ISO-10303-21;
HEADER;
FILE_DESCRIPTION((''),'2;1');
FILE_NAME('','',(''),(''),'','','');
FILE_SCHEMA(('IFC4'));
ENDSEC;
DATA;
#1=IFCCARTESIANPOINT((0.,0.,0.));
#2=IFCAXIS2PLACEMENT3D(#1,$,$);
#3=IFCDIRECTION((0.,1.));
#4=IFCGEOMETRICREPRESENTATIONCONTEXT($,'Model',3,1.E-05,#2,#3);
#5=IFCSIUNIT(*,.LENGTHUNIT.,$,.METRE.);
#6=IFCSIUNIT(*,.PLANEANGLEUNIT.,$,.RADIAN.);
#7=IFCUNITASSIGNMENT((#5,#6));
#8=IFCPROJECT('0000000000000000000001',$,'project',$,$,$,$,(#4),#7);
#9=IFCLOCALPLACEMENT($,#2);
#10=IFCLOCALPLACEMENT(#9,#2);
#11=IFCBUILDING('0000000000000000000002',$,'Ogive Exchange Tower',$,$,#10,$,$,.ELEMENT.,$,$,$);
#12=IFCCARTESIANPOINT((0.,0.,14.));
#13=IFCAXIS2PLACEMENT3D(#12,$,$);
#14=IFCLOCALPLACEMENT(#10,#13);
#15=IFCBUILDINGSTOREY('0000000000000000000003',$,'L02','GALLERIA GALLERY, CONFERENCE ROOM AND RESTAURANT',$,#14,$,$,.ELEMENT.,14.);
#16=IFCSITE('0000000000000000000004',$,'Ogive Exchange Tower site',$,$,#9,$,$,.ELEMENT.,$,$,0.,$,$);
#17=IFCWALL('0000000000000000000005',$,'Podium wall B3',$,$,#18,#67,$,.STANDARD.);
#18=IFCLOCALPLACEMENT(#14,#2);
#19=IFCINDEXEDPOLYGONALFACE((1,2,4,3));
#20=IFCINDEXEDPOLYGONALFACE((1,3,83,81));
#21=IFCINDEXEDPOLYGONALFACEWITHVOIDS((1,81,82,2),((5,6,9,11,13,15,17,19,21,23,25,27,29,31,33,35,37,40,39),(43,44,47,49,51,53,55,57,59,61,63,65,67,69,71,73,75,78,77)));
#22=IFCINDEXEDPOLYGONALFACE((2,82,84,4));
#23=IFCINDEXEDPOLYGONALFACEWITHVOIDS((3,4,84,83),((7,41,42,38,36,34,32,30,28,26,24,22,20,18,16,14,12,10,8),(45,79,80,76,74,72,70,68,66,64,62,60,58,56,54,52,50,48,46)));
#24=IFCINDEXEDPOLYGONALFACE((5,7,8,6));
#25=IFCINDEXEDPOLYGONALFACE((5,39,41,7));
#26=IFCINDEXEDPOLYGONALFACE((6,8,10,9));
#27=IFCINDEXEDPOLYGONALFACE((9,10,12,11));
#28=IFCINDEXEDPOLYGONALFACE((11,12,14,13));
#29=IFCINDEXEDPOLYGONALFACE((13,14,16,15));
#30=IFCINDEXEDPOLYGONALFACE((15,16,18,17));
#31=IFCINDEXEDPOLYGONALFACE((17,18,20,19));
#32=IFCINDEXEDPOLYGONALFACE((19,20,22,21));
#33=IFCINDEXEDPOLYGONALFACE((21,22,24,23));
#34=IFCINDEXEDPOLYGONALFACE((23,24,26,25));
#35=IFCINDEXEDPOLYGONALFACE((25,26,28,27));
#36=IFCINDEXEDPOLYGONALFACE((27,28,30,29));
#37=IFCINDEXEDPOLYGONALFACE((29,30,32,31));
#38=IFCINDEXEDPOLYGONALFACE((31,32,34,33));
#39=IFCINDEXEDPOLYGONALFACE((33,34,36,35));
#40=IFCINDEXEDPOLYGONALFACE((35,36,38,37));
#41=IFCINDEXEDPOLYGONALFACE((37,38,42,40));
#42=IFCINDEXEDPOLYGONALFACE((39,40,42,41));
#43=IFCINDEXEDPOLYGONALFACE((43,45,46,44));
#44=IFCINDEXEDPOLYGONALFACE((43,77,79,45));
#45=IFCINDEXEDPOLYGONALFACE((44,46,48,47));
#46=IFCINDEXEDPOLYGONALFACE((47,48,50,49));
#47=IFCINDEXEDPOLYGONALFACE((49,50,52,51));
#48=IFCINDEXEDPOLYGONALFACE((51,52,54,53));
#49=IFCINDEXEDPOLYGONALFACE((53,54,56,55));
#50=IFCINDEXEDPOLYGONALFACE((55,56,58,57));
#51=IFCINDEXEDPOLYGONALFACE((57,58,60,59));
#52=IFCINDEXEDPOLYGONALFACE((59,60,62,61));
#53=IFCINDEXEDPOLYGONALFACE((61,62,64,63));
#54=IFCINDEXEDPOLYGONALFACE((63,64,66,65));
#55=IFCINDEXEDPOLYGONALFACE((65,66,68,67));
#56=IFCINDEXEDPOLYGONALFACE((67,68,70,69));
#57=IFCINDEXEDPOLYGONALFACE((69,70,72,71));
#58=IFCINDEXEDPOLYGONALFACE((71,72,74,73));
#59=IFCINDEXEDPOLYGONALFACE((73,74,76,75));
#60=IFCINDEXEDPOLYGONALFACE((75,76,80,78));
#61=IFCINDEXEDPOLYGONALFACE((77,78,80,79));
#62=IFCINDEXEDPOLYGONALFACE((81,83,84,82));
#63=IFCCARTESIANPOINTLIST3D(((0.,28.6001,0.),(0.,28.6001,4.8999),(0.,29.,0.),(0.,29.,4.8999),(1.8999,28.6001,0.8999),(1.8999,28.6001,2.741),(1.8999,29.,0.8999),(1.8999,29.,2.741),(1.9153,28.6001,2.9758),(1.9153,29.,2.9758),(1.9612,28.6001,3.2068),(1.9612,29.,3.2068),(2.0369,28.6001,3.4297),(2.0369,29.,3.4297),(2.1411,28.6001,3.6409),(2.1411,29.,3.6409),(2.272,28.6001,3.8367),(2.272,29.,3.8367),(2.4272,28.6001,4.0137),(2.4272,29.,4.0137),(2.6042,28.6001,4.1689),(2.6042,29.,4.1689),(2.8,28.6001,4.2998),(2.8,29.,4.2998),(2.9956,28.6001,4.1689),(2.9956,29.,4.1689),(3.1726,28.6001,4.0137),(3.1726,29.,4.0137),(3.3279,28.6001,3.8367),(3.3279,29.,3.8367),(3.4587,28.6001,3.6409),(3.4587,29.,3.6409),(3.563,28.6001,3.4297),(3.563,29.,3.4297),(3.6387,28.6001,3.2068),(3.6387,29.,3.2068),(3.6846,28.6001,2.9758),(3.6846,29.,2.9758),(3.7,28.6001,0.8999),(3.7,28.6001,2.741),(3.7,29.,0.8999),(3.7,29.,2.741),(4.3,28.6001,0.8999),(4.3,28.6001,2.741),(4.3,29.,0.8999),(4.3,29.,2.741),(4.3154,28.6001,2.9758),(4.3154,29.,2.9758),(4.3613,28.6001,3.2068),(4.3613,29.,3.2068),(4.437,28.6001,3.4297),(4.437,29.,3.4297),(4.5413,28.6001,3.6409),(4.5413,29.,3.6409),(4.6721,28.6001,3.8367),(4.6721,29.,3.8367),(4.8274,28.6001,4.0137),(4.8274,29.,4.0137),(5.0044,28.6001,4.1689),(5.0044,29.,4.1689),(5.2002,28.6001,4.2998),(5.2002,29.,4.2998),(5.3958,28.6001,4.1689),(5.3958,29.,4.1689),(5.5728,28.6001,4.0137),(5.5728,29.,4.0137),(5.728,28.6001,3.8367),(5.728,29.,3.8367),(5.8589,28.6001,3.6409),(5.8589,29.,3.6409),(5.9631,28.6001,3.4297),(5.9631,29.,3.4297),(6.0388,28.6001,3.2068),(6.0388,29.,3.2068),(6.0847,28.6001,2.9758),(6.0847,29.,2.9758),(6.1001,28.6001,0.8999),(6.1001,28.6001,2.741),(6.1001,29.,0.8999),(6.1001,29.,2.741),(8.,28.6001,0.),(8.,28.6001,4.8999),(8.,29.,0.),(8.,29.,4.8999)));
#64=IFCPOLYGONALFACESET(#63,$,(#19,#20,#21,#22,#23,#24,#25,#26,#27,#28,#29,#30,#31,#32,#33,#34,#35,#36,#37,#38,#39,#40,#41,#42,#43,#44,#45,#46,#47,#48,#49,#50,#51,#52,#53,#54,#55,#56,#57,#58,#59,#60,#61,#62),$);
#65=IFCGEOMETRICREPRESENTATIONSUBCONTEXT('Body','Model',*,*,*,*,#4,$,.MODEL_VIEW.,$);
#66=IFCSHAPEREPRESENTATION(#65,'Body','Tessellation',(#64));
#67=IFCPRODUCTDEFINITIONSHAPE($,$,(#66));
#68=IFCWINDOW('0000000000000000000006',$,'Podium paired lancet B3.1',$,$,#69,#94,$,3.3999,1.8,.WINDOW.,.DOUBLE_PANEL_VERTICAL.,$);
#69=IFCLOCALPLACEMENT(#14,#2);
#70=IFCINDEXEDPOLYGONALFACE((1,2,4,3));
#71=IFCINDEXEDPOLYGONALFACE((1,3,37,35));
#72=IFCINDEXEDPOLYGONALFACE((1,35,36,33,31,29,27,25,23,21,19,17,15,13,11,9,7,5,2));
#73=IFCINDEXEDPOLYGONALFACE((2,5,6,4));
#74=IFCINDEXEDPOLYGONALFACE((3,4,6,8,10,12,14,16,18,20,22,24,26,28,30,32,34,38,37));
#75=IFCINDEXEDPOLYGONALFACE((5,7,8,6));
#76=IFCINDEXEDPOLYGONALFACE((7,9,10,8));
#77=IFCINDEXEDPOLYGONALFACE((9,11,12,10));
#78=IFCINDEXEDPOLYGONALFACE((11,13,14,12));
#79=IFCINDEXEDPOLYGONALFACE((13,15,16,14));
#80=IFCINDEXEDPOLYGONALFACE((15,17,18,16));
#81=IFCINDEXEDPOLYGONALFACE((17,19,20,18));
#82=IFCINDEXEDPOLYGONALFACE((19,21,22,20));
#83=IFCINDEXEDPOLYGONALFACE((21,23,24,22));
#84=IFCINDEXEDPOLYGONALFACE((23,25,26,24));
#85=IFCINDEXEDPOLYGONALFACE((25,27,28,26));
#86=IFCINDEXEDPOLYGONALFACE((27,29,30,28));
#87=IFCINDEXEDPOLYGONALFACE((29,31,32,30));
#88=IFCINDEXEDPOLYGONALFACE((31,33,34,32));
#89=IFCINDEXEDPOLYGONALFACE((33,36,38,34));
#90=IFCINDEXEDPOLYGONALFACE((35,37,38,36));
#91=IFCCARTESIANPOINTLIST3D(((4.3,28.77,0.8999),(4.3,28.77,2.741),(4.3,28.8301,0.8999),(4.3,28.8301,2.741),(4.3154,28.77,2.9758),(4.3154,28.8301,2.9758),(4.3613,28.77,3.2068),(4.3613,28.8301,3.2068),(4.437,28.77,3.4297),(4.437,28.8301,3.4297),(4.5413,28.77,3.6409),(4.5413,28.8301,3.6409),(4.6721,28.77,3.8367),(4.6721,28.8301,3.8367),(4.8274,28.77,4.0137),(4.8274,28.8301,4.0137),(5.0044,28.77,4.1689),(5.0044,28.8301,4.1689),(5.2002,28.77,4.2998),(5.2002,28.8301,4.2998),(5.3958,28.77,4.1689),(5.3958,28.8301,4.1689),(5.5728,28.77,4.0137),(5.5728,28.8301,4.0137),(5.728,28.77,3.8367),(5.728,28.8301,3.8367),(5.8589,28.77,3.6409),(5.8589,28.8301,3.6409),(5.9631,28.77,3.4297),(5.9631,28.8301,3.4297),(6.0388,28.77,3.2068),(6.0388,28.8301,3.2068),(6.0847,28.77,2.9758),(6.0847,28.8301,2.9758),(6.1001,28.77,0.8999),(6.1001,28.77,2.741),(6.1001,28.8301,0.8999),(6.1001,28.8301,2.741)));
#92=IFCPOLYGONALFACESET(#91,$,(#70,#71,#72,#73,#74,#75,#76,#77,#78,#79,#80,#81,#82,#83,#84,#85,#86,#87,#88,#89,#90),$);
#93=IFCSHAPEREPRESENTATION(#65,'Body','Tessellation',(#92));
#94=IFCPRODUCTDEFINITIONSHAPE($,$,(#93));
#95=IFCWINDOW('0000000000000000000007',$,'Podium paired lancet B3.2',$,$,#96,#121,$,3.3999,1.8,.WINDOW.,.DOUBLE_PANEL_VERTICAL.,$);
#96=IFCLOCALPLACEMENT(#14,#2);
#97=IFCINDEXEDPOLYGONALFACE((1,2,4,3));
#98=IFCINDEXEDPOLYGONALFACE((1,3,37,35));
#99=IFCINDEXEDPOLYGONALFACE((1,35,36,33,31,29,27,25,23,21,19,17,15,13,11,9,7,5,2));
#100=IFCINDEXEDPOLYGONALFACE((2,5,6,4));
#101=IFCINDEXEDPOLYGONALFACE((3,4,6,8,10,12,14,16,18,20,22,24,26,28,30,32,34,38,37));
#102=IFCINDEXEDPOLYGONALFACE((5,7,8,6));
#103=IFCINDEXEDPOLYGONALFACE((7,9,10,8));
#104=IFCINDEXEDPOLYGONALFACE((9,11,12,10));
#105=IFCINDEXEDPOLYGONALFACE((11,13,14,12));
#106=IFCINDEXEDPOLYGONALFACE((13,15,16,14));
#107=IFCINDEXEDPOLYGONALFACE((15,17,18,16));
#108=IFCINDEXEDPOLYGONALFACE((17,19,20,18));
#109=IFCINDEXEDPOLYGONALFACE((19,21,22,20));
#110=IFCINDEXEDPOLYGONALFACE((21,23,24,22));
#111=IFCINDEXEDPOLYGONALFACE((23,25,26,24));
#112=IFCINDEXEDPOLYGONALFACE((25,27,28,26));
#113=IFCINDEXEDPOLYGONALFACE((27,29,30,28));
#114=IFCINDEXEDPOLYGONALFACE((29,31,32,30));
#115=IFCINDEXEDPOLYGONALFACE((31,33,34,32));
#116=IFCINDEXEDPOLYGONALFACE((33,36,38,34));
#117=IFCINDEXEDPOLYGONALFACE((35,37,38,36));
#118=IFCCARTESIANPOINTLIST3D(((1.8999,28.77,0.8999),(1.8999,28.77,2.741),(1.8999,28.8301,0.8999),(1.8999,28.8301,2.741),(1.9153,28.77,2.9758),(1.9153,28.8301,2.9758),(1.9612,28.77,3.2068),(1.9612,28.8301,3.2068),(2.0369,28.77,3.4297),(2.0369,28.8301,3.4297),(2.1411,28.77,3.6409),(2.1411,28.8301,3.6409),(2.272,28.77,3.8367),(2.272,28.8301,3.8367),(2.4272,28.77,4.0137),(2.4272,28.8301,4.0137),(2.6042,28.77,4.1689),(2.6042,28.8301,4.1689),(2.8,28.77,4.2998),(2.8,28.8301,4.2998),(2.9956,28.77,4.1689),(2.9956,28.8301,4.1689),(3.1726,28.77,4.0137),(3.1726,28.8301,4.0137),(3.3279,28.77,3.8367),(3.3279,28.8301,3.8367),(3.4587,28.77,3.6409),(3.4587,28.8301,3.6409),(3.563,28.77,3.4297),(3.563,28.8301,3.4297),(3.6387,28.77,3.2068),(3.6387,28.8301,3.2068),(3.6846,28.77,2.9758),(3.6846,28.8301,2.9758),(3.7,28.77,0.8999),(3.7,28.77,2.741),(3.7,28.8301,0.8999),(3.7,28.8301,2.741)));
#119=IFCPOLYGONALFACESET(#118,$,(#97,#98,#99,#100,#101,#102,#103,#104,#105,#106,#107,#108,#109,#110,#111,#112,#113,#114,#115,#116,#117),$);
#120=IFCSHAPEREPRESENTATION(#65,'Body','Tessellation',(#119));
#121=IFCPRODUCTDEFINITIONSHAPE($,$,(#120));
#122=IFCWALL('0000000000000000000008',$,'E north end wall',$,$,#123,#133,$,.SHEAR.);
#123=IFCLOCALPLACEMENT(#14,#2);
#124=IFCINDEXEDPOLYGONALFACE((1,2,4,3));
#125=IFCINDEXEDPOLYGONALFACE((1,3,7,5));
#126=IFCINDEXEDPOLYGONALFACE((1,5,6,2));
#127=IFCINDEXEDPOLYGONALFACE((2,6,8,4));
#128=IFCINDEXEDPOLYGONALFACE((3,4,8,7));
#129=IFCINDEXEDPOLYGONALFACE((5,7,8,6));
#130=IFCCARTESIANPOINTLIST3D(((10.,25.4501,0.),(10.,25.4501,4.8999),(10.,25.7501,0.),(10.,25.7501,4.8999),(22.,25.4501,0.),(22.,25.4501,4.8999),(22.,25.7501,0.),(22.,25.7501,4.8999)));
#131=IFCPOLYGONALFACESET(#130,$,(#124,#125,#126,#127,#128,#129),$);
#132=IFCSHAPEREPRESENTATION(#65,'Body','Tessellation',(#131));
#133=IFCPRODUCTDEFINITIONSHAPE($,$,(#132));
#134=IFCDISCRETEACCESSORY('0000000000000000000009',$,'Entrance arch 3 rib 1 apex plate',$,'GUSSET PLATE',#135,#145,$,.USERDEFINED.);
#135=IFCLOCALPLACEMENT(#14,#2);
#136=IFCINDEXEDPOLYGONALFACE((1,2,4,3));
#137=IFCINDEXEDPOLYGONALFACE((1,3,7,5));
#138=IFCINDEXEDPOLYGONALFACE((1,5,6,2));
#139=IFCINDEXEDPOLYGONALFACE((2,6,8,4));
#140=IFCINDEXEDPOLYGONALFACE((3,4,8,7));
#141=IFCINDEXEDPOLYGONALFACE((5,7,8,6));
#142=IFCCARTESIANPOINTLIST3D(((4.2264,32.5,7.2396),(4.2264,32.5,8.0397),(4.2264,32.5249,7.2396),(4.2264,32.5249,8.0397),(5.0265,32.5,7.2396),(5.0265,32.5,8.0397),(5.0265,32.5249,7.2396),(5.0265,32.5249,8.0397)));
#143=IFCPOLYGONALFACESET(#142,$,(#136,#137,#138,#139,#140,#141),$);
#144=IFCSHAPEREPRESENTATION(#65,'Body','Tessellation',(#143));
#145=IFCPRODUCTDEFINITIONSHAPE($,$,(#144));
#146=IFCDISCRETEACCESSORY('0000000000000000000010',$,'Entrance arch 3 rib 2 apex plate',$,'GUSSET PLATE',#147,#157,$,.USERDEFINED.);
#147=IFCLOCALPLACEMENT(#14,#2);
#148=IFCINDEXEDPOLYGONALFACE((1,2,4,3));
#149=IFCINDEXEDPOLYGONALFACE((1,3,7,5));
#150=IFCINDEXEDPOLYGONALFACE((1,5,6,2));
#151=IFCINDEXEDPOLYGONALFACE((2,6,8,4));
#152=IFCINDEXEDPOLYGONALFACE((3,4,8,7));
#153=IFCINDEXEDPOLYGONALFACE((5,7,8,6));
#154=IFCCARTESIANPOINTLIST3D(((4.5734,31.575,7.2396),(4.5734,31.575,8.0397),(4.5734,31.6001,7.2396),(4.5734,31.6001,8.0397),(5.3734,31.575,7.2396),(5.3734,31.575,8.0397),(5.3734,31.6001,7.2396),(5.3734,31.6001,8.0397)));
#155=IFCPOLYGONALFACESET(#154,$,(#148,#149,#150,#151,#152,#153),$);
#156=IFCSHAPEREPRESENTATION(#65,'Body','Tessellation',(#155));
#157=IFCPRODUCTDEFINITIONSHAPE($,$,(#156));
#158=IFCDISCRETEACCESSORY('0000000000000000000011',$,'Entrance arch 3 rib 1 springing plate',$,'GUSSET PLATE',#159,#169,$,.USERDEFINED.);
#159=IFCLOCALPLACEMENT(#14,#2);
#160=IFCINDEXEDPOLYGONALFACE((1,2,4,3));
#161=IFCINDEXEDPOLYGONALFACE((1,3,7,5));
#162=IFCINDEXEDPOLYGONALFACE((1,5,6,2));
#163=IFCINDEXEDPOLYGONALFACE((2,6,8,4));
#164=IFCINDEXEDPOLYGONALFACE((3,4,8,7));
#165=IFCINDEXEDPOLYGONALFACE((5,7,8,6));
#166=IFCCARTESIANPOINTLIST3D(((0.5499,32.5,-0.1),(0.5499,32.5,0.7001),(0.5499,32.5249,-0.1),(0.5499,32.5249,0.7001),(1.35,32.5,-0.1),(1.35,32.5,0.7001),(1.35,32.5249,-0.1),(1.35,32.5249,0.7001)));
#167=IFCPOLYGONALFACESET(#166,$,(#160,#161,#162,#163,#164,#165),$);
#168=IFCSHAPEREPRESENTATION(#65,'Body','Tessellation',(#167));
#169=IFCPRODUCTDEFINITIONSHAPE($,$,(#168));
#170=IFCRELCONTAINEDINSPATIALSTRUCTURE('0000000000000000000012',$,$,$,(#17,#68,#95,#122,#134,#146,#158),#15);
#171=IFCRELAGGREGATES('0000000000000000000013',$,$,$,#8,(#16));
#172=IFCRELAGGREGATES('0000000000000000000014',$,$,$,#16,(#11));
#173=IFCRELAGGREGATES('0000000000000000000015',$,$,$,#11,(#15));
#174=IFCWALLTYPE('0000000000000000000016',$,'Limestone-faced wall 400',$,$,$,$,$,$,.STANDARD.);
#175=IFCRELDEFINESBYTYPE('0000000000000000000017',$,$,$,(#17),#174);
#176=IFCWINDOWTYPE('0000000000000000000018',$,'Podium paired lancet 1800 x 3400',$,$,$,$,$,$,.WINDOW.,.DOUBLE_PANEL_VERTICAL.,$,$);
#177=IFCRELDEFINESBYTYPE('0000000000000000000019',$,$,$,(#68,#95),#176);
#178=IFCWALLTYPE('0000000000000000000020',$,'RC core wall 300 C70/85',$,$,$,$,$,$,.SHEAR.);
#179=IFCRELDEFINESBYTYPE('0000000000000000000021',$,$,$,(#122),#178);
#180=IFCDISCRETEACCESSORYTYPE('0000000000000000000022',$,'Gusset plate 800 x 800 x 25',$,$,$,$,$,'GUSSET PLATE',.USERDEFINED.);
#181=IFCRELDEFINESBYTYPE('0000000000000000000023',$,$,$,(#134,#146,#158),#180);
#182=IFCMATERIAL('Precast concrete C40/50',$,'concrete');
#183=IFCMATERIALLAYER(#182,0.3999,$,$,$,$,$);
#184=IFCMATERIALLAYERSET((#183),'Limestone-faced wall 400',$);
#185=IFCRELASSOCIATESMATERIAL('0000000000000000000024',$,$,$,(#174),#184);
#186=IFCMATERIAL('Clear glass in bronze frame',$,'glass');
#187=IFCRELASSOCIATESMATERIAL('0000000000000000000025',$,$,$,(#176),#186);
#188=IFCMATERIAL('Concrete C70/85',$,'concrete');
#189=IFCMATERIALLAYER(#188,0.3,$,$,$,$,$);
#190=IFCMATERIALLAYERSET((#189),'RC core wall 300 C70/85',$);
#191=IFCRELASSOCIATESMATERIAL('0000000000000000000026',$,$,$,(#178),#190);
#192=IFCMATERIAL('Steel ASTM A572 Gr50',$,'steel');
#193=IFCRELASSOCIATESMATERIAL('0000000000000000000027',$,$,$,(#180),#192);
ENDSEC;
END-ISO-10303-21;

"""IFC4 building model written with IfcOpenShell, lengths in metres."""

from ifc_helpers import new_model, si_unit, direction, frame, frame_2d, origin, origin_2d, place, context, subcontext, project, spatial, polyline, rectangle, outline, extrude, material, layer, layer_set, material_profile, profile_set, type_object, element, fill, save


model = new_model("IFC4")

# Units and contexts
model_context = context("Model", 3, precision=1e-05, world=origin(), true_north=direction((0.0, 1.0)))
body_context = subcontext(model_context, "Body", "Model", "MODEL_VIEW")
ifc_project = project(units=[si_unit("LENGTHUNIT", "METRE"), si_unit("PLANEANGLEUNIT", "RADIAN")], contexts=[model_context])

# Site, building, storey
site_placement = place(None, origin())
site = spatial("IfcSite", under=ifc_project, at=site_placement, Name="Ogive Exchange Tower site", CompositionType="ELEMENT", RefElevation=0.0)
building_placement = place(site_placement, origin())
building = spatial("IfcBuilding", under=site, at=building_placement, Name="Ogive Exchange Tower", CompositionType="ELEMENT")
storey_placement = place(building_placement, frame((0.0, 0.0, 14.0)))
storey = spatial("IfcBuildingStorey", under=building, at=storey_placement, Name="L02", Description="GALLERIA GALLERY, CONFERENCE ROOM AND RESTAURANT", CompositionType="ELEMENT", Elevation=14.0)

# Shared definitions
ifc_material_1 = material(Name="Concrete C70/85", Category="concrete")

# Wall, openings, windows
ifc_material_2 = material(Name="Precast concrete C40/50", Category="concrete")
ifc_layer_1 = layer(ifc_material_2, 0.3999)
ifc_layer_set_1 = layer_set([ifc_layer_1], Name="Limestone-faced wall 400")
wall_type_1 = type_object("IfcWallType", Name="Limestone-faced wall 400", PredefinedType="STANDARD", material=ifc_layer_set_1)
ifc_material_3 = material(Name="Clear glass in bronze frame", Category="glass")
window_type = type_object("IfcWindowType", Name="Podium paired lancet 1800 x 3400", PartitioningType="DOUBLE_PANEL_VERTICAL", PredefinedType="WINDOW", material=ifc_material_3)
wall_1_placement = place(storey_placement, frame((8.0, 28.8, 0.0), z_axis=(0.0, 0.0, 1.0), x_axis=(-1.0, 0.0, 0.0)))
wall_1 = element("IfcWall", 1, at=wall_1_placement, inside=storey, type_object=wall_type_1, Name="Podium wall B3", PredefinedType="STANDARD", context=body_context, shape_type="SweptSolid", body=[
    extrude(rectangle(XDim=8.0, YDim=0.3999, at=frame_2d((4.0, 0.0))), origin(), (0.0, 0.0, 1.0), 4.8999),
])
opening_1_placement = place(wall_1_placement, frame((1.8999, 0.0, 0.8999)))
opening_1 = element("IfcOpeningElement", 2, at=opening_1_placement, cuts=wall_1, PredefinedType="OPENING", context=body_context, shape_type="SweptSolid", body=[
    extrude(outline(polyline([(0.0, 0.0), (1.8, 0.0), (1.8, 1.8411), (1.7847, 2.0759), (1.7388, 2.3069), (1.6631, 2.5298), (1.5588, 2.741), (1.428, 2.9368), (1.2727, 3.1138), (1.0957, 3.269), (0.8999, 3.3999), (0.7043, 3.269), (0.5273, 3.1138), (0.3721, 2.9368), (0.2412, 2.741), (0.137, 2.5298), (0.0613, 2.3069), (0.0154, 2.0759), (0.0, 1.8411), (0.0, 0.0)])), frame((0.0, 0.21, 0.0), z_axis=(0.0, -1.0, 0.0), x_axis=(1.0, 0.0, 0.0)), (0.0, 0.0, 1.0), 0.4199),
])
opening_2_placement = place(wall_1_placement, frame((4.3, 0.0, 0.8999)))
opening_2 = element("IfcOpeningElement", 3, at=opening_2_placement, cuts=wall_1, PredefinedType="OPENING", context=body_context, shape_type="SweptSolid", body=[
    extrude(outline(polyline([(0.0, 0.0), (1.8, 0.0), (1.8, 1.8411), (1.7847, 2.0759), (1.7388, 2.3069), (1.6631, 2.5298), (1.5588, 2.741), (1.428, 2.9368), (1.2727, 3.1138), (1.0957, 3.269), (0.8999, 3.3999), (0.7043, 3.269), (0.5273, 3.1138), (0.3721, 2.9368), (0.2412, 2.741), (0.137, 2.5298), (0.0613, 2.3069), (0.0154, 2.0759), (0.0, 1.8411), (0.0, 0.0)])), frame((0.0, 0.21, 0.0), z_axis=(0.0, -1.0, 0.0), x_axis=(1.0, 0.0, 0.0)), (0.0, 0.0, 1.0), 0.4199),
])
window_1_placement = place(opening_1_placement, origin())
window_1 = element("IfcWindow", 4, at=window_1_placement, inside=storey, type_object=window_type, Name="Podium paired lancet B3.1", OverallHeight=3.3999, OverallWidth=1.8, PartitioningType="DOUBLE_PANEL_VERTICAL", PredefinedType="WINDOW", context=body_context, shape_type="SweptSolid", body=[
    extrude(outline(polyline([(0.0, 0.0), (1.8, 0.0), (1.8, 1.8411), (1.7847, 2.0759), (1.7388, 2.3069), (1.6631, 2.5298), (1.5588, 2.741), (1.428, 2.9368), (1.2727, 3.1138), (1.0957, 3.269), (0.8999, 3.3999), (0.7043, 3.269), (0.5273, 3.1138), (0.3721, 2.9368), (0.2412, 2.741), (0.137, 2.5298), (0.0613, 2.3069), (0.0154, 2.0759), (0.0, 1.8411), (0.0, 0.0)])), frame((0.0, 0.03, 0.0), z_axis=(0.0, -1.0, 0.0), x_axis=(1.0, 0.0, 0.0)), (0.0, 0.0, 1.0), 0.0601),
])
fill(opening_1, window_1)
window_2_placement = place(opening_2_placement, origin())
window_2 = element("IfcWindow", 5, at=window_2_placement, inside=storey, type_object=window_type, Name="Podium paired lancet B3.2", OverallHeight=3.3999, OverallWidth=1.8, PartitioningType="DOUBLE_PANEL_VERTICAL", PredefinedType="WINDOW", context=body_context, shape_type="SweptSolid", body=[
    extrude(outline(polyline([(0.0, 0.0), (1.8, 0.0), (1.8, 1.8411), (1.7847, 2.0759), (1.7388, 2.3069), (1.6631, 2.5298), (1.5588, 2.741), (1.428, 2.9368), (1.2727, 3.1138), (1.0957, 3.269), (0.8999, 3.3999), (0.7043, 3.269), (0.5273, 3.1138), (0.3721, 2.9368), (0.2412, 2.741), (0.137, 2.5298), (0.0613, 2.3069), (0.0154, 2.0759), (0.0, 1.8411), (0.0, 0.0)])), frame((0.0, 0.03, 0.0), z_axis=(0.0, -1.0, 0.0), x_axis=(1.0, 0.0, 0.0)), (0.0, 0.0, 1.0), 0.0601),
])
fill(opening_2, window_2)

# Wall
ifc_layer_2 = layer(ifc_material_1, 0.3)
ifc_layer_set_2 = layer_set([ifc_layer_2], Name="RC core wall 300 C70/85")
wall_type_2 = type_object("IfcWallType", Name="RC core wall 300 C70/85", PredefinedType="SHEAR", material=ifc_layer_set_2)
wall_2_placement = place(storey_placement, frame((10.0, 25.6001, 0.0), z_axis=(0.0, 0.0, 1.0), x_axis=(1.0, 0.0, 0.0)))
element("IfcWall", 6, at=wall_2_placement, inside=storey, type_object=wall_type_2, Name="E north end wall", PredefinedType="SHEAR", context=body_context, shape_type="SweptSolid", body=[
    extrude(rectangle(XDim=12.0, YDim=0.3, at=frame_2d((6.0, 0.0))), origin(), (0.0, 0.0, 1.0), 4.8999),
])

# Discrete accessories
ifc_material_4 = material(Name="Steel ASTM A572 Gr50", Category="steel")
ifc_material_profile_1 = material_profile(ifc_material_4, rectangle(XDim=0.8, YDim=0.8, at=origin_2d()), Name="PL 800 x 800 x 25")
ifc_profile_set_1 = profile_set([ifc_material_profile_1], Name="Steel ASTM A572 Gr50")
discrete_accessory_type = type_object("IfcDiscreteAccessoryType", Name="Gusset plate 800 x 800 x 25", ElementType="GUSSET PLATE", PredefinedType="USERDEFINED", material=ifc_profile_set_1)
discrete_accessory_1_placement = place(storey_placement, frame((4.6265, 32.5, 7.6396), z_axis=(0.0, 1.0, 0.0), x_axis=(-1.0, 0.0, 0.0)))
element("IfcDiscreteAccessory", 7, at=discrete_accessory_1_placement, inside=storey, type_object=discrete_accessory_type, Name="Entrance arch 3 rib 1 apex plate", ObjectType="GUSSET PLATE", PredefinedType="USERDEFINED", context=body_context, shape_type="SweptSolid", body=[
    extrude(rectangle(XDim=0.8, YDim=0.8, at=origin_2d()), origin(), (0.0, 0.0, 1.0), 0.0249),
])
discrete_accessory_2_placement = place(storey_placement, frame((4.9734, 31.6001, 7.6396), z_axis=(0.0, -1.0, 0.0), x_axis=(1.0, 0.0, 0.0)))
element("IfcDiscreteAccessory", 8, at=discrete_accessory_2_placement, inside=storey, type_object=discrete_accessory_type, Name="Entrance arch 3 rib 2 apex plate", ObjectType="GUSSET PLATE", PredefinedType="USERDEFINED", context=body_context, shape_type="SweptSolid", body=[
    extrude(rectangle(XDim=0.8, YDim=0.8, at=origin_2d()), origin(), (0.0, 0.0, 1.0), 0.0251),
])
for number, where, z_axis, x_axis, name in (
    (9, (0.95, 32.5, 0.3), (0.0, 1.0, 0.0), (-1.0, 0.0, 0.0), "Entrance arch 3 rib 1 springing plate"),
):
    element("IfcDiscreteAccessory", number, at=place(storey_placement, frame(where, z_axis=z_axis, x_axis=x_axis)), inside=storey, type_object=discrete_accessory_type, Name=name, ObjectType="GUSSET PLATE", PredefinedType="USERDEFINED", context=body_context, shape_type="SweptSolid", body=[
        extrude(rectangle(XDim=0.8, YDim=0.8, at=origin_2d()), origin(), (0.0, 0.0, 1.0), 0.0249),
    ])

save(model, "model.ifc")
